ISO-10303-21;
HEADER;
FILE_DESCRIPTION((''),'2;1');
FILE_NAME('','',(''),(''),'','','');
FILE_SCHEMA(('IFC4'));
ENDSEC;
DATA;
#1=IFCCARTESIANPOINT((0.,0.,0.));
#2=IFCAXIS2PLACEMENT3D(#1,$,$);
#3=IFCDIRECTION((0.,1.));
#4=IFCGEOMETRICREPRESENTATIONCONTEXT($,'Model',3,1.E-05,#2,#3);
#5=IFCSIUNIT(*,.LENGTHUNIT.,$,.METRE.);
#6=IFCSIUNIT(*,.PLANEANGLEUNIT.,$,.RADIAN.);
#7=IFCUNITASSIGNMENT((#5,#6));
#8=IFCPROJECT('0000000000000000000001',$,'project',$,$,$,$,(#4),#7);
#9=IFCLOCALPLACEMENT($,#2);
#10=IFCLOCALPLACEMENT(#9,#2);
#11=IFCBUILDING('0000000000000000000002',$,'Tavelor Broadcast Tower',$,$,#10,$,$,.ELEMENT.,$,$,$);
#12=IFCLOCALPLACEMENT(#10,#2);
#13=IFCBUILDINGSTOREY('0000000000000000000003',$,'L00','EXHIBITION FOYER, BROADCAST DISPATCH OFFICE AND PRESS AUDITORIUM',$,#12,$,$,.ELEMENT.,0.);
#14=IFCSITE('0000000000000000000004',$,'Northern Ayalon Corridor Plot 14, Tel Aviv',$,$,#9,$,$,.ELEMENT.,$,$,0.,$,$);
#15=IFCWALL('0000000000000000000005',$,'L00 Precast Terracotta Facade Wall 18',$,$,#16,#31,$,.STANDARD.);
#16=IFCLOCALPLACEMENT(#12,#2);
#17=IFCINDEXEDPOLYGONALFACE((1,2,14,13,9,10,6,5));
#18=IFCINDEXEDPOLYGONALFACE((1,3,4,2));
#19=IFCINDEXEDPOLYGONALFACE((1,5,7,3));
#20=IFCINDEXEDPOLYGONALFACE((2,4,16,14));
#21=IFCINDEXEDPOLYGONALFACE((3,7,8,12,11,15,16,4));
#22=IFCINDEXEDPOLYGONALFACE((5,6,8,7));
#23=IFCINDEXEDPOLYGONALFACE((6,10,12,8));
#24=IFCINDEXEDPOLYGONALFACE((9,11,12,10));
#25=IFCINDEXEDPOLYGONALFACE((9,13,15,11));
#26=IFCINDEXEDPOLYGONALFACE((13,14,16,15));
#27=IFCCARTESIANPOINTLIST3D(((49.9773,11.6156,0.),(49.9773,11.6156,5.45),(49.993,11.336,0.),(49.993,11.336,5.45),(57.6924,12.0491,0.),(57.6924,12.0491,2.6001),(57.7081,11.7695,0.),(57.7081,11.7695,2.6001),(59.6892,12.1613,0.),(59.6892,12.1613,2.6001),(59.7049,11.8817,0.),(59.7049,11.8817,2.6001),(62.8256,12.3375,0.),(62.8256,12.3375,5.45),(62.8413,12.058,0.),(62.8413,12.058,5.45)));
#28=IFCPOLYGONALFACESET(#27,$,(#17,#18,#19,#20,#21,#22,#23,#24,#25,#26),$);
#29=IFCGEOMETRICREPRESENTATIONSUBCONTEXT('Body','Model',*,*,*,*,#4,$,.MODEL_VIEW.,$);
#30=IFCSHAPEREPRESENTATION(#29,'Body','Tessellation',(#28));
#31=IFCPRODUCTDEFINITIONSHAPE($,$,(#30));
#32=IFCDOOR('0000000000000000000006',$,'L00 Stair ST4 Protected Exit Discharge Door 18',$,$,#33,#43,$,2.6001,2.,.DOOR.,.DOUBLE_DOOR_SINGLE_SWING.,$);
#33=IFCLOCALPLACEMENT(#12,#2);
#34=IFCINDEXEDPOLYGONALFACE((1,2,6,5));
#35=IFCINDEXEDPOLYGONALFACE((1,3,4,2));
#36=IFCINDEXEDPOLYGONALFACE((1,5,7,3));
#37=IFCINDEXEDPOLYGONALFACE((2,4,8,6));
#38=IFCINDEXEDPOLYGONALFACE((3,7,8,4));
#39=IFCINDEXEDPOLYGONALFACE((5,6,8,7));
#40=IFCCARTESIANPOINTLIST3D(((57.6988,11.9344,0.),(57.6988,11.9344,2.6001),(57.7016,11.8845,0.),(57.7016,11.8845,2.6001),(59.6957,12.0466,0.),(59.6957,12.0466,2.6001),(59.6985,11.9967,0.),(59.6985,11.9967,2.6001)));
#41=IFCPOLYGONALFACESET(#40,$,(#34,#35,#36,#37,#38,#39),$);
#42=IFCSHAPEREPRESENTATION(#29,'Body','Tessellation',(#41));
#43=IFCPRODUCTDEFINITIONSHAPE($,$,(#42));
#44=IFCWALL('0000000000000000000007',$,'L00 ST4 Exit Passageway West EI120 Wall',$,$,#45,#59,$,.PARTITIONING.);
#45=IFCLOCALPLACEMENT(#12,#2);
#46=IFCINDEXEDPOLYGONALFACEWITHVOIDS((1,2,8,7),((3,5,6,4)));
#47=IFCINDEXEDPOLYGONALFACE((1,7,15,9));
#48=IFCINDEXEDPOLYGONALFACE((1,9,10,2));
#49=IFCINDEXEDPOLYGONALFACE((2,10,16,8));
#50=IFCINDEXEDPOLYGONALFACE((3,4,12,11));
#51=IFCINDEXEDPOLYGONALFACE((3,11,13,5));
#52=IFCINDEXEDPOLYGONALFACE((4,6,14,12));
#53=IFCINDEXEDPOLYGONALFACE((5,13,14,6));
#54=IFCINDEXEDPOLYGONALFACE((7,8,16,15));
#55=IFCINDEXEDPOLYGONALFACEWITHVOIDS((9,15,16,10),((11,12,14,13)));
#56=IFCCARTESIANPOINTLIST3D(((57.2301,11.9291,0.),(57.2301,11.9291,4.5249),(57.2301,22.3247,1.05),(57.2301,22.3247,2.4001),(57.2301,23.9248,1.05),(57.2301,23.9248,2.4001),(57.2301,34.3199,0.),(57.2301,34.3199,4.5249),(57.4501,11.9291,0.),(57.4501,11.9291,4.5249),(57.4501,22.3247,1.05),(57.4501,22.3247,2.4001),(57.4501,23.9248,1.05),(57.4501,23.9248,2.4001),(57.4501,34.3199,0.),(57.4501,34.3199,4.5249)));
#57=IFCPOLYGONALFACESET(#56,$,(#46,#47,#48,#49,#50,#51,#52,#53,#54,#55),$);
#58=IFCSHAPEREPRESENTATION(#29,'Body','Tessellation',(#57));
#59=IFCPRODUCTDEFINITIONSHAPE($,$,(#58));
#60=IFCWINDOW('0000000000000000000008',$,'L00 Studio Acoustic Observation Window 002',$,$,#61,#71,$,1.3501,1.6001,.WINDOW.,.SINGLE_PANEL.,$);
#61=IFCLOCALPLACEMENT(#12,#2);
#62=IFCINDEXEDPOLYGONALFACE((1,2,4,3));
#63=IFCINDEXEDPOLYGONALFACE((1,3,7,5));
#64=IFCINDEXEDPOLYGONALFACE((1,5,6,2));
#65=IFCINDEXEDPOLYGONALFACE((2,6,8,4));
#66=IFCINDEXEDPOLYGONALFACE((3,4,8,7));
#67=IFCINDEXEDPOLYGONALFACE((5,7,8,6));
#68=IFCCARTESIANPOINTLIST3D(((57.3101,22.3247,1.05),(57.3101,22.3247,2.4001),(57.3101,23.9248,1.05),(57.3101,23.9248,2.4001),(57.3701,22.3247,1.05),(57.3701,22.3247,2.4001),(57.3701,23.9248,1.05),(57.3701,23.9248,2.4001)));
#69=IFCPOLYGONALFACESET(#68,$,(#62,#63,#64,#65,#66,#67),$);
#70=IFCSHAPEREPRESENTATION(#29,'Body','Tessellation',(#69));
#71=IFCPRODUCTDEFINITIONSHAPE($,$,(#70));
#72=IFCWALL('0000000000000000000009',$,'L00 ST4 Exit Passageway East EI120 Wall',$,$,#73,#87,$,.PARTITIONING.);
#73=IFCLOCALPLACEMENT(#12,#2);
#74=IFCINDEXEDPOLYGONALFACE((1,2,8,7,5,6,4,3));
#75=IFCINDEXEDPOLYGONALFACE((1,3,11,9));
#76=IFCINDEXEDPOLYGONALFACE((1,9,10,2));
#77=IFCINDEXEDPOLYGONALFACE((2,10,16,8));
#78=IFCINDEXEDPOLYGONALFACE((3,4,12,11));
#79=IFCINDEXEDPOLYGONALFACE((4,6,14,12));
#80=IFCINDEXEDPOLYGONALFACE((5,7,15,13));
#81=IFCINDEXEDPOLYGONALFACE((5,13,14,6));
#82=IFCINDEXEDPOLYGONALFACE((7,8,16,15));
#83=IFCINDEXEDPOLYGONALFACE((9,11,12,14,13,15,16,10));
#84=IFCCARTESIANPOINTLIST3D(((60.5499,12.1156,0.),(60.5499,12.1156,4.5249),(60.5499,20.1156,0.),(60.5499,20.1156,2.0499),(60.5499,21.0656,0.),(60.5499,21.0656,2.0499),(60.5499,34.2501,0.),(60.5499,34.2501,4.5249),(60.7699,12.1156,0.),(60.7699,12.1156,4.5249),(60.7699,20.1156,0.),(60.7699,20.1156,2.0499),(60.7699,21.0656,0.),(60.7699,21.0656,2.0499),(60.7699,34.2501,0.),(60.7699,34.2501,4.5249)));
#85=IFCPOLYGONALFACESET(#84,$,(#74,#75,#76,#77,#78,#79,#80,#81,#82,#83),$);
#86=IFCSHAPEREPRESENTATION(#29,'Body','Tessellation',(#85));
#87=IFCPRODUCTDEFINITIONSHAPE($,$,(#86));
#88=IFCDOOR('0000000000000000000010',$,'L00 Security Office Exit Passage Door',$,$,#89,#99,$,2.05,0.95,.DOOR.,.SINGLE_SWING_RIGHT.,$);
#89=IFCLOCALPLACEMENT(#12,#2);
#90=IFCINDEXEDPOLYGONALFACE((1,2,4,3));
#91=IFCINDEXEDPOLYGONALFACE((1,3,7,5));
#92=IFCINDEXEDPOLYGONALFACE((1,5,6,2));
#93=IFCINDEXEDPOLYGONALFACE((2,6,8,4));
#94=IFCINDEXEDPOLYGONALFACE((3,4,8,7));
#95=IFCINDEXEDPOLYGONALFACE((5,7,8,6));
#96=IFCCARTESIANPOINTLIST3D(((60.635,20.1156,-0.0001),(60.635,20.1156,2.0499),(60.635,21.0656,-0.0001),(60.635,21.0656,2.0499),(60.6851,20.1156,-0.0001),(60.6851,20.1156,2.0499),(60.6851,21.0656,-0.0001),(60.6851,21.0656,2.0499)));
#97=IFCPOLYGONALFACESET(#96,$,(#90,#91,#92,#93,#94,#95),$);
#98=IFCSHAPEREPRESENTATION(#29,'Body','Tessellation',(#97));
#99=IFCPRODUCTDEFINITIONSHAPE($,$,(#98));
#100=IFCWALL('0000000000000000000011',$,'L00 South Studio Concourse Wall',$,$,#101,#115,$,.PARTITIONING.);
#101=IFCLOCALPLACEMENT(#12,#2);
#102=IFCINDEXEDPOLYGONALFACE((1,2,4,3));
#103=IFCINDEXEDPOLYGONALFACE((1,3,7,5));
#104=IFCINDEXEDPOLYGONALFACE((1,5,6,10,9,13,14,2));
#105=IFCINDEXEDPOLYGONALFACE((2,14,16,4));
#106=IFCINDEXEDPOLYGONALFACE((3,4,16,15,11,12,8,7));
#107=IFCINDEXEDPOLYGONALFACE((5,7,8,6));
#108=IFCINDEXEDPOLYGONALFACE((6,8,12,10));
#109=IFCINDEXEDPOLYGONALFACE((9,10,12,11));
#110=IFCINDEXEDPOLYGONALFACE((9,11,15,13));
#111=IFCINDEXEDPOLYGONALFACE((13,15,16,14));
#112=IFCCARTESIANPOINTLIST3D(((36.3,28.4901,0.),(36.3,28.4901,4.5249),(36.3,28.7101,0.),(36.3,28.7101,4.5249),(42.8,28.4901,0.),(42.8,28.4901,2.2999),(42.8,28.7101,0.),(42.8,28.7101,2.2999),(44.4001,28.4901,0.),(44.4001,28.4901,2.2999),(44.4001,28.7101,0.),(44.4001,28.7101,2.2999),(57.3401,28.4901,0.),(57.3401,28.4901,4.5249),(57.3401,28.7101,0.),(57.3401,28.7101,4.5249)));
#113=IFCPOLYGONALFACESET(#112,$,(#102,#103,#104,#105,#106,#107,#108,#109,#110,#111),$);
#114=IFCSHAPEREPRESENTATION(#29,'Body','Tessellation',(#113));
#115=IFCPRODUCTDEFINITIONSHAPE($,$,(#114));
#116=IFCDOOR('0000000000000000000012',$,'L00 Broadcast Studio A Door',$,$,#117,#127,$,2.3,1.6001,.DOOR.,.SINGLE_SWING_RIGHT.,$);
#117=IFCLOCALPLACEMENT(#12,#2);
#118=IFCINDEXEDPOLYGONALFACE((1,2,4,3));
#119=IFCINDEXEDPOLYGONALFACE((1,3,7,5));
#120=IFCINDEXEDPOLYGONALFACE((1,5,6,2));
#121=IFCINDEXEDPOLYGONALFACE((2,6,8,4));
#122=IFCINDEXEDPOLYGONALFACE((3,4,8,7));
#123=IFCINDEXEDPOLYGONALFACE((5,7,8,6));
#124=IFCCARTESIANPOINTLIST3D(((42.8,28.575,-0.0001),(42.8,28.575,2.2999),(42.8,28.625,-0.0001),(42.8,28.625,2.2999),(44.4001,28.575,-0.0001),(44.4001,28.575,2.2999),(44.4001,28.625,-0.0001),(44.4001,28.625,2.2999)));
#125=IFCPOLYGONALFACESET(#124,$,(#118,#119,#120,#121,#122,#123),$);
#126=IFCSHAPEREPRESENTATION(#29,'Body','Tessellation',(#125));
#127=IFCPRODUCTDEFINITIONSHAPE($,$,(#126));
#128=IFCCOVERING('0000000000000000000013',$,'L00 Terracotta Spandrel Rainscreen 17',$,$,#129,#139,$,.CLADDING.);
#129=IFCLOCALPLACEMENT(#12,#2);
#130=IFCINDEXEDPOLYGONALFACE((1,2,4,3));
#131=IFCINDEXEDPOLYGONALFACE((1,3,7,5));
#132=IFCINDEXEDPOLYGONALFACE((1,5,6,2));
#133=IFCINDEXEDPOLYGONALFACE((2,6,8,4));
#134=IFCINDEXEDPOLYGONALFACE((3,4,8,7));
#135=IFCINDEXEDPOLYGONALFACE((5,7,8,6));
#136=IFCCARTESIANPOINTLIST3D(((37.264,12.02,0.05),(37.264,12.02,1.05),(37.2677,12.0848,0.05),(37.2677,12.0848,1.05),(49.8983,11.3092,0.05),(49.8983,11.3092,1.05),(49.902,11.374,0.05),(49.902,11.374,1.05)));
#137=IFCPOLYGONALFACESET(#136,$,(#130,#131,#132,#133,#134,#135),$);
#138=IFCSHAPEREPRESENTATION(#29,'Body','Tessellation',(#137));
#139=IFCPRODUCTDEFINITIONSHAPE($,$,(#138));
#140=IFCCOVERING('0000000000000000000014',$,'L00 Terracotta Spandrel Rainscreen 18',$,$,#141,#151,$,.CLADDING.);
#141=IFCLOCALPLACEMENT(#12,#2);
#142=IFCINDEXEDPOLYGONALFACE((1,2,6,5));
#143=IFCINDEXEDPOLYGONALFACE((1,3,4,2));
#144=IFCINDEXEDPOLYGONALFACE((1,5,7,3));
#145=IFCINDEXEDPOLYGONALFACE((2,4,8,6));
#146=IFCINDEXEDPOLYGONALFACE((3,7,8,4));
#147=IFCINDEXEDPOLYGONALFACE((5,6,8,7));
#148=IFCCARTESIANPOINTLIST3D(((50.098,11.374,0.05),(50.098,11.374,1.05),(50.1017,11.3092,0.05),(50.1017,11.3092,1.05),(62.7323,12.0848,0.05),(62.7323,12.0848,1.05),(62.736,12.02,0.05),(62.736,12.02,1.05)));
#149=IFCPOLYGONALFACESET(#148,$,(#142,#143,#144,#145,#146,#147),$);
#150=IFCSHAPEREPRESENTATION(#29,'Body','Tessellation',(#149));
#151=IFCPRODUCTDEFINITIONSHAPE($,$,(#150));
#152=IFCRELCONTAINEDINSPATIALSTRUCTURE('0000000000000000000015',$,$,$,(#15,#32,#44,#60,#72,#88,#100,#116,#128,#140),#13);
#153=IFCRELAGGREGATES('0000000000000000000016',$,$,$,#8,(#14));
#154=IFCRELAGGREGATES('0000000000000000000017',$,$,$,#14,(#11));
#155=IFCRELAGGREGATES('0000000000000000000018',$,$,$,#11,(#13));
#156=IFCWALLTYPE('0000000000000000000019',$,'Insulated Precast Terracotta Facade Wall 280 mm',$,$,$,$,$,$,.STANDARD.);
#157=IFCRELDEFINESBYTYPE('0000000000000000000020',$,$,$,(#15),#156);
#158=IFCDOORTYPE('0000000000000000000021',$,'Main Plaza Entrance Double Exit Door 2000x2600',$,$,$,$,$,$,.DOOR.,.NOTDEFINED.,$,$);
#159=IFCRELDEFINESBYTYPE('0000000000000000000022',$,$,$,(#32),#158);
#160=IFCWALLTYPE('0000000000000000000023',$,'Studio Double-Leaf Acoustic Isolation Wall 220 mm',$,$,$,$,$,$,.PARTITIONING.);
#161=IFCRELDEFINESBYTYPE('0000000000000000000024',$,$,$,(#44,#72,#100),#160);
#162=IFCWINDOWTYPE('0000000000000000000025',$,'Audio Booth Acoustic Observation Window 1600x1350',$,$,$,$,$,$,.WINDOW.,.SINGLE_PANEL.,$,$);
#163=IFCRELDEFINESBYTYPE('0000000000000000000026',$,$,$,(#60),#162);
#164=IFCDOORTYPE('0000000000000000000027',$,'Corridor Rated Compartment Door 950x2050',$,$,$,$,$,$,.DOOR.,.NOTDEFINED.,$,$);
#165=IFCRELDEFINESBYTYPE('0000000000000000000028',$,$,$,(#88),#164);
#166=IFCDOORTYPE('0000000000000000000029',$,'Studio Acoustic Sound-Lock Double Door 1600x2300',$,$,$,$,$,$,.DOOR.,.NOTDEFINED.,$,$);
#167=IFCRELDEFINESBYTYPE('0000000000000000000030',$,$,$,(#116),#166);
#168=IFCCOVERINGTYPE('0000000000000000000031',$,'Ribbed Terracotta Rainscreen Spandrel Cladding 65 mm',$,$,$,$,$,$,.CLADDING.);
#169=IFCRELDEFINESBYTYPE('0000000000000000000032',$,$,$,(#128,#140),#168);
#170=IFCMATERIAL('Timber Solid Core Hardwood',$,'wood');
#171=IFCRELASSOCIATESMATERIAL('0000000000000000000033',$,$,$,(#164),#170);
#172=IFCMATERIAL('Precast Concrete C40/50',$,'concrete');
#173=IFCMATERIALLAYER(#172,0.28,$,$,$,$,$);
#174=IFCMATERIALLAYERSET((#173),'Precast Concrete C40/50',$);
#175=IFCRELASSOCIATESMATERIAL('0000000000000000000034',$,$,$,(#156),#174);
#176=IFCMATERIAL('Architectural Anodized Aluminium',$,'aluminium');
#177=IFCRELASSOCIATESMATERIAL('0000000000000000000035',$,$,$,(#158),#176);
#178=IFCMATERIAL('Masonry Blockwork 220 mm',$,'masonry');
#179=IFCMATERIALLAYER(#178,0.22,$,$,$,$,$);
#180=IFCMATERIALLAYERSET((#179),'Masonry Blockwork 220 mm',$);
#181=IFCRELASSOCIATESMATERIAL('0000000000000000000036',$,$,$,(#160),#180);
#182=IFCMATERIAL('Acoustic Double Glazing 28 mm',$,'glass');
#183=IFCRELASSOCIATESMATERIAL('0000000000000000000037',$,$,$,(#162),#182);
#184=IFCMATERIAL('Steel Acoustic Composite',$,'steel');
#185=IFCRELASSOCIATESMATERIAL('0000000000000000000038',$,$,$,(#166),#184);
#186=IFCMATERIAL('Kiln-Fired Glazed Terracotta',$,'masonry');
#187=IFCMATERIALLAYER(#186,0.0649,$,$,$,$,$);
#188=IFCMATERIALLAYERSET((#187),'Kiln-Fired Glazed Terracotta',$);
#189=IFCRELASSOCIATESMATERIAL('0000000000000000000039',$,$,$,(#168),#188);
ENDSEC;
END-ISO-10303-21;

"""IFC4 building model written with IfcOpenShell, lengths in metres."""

from ifc_helpers import new_model, si_unit, direction, frame, frame_2d, origin, origin_2d, place, context, subcontext, project, spatial, rectangle, extrude, material, layer, layer_set, type_object, element, fill, save


model = new_model("IFC4")

# Units and contexts
model_context = context("Model", 3, precision=1e-05, world=origin(), true_north=direction((0.0, 1.0)))
body_context = subcontext(model_context, "Body", "Model", "MODEL_VIEW")
ifc_project = project(units=[si_unit("LENGTHUNIT", "METRE"), si_unit("PLANEANGLEUNIT", "RADIAN")], contexts=[model_context])

# Site, building, storey
site_placement = place(None, origin())
site = spatial("IfcSite", under=ifc_project, at=site_placement, Name="Northern Ayalon Corridor Plot 14, Tel Aviv", CompositionType="ELEMENT", RefElevation=0.0)
building_placement = place(site_placement, origin())
building = spatial("IfcBuilding", under=site, at=building_placement, Name="Tavelor Broadcast Tower", CompositionType="ELEMENT")
storey_placement = place(building_placement, origin())
storey = spatial("IfcBuildingStorey", under=building, at=storey_placement, Name="L00", Description="EXHIBITION FOYER, BROADCAST DISPATCH OFFICE AND PRESS AUDITORIUM", CompositionType="ELEMENT", Elevation=0.0)

# Shared definitions
ifc_material_1 = material(Name="Timber Solid Core Hardwood", Category="wood")
door_type_1 = type_object("IfcDoorType", Name="Corridor Rated Compartment Door 950x2050", OperationType="NOTDEFINED", PredefinedType="DOOR", material=ifc_material_1)

# Shared definitions
ifc_material_2 = material(Name="Acoustic Double Glazing 28 mm", Category="glass")

# Wall, opening, door
ifc_material_3 = material(Name="Precast Concrete C40/50", Category="concrete")
ifc_layer_1 = layer(ifc_material_3, 0.28)
ifc_layer_set_1 = layer_set([ifc_layer_1], Name="Precast Concrete C40/50")
wall_type_1 = type_object("IfcWallType", Name="Insulated Precast Terracotta Facade Wall 280 mm", PredefinedType="STANDARD", material=ifc_layer_set_1)
ifc_material_4 = material(Name="Architectural Anodized Aluminium", Category="aluminium")
door_type_2 = type_object("IfcDoorType", Name="Main Plaza Entrance Double Exit Door 2000x2600", OperationType="NOTDEFINED", PredefinedType="DOOR", material=ifc_material_4)
wall_1_placement = place(storey_placement, frame((49.9851, 11.4758, 0.0), z_axis=(0.0, 0.0, 1.0), x_axis=(0.998425, 0.056099, 0.0)))
wall_1 = element("IfcWall", 1, at=wall_1_placement, inside=storey, type_object=wall_type_1, Name="L00 Precast Terracotta Facade Wall 18", PredefinedType="STANDARD", context=body_context, shape_type="SweptSolid", body=[
    extrude(rectangle(XDim=12.8687, YDim=0.28, at=frame_2d((6.4343, 0.0))), origin(), (0.0, 0.0, 1.0), 5.45),
])
opening_1_placement = place(wall_1_placement, frame((7.7273, 0.0, 0.0)))
opening_1 = element("IfcOpeningElement", 2, at=opening_1_placement, cuts=wall_1, PredefinedType="OPENING", context=body_context, shape_type="SweptSolid", body=[
    extrude(rectangle(XDim=2.0, YDim=2.6001, at=frame_2d((1.0, 1.3))), frame((0.0, 0.1499, 0.0), z_axis=(0.0, -1.0, 0.0), x_axis=(1.0, 0.0, 0.0)), (0.0, 0.0, 1.0), 0.3),
])
door_1_placement = place(opening_1_placement, frame((2.0, 0.0, 0.0), z_axis=(0.0, 0.0, 1.0), x_axis=(-1.0, 0.0, 0.0)))
door_1 = element("IfcDoor", 3, at=door_1_placement, inside=storey, type_object=door_type_2, Name="L00 Stair ST4 Protected Exit Discharge Door 18", OperationType="DOUBLE_DOOR_SINGLE_SWING", OverallHeight=2.6001, OverallWidth=2.0, PredefinedType="DOOR", context=body_context, shape_type="SweptSolid", body=[
    extrude(rectangle(XDim=2.0, YDim=2.6001, at=frame_2d((1.0, 1.3))), frame((0.0, 0.0249, 0.0), z_axis=(0.0, -1.0, 0.0), x_axis=(1.0, 0.0, 0.0)), (0.0, 0.0, 1.0), 0.05),
])
fill(opening_1, door_1)

# Wall, opening, window
ifc_material_5 = material(Name="Masonry Blockwork 220 mm", Category="masonry")
ifc_layer_2 = layer(ifc_material_5, 0.22)
ifc_layer_set_2 = layer_set([ifc_layer_2], Name="Masonry Blockwork 220 mm")
wall_type_2 = type_object("IfcWallType", Name="Studio Double-Leaf Acoustic Isolation Wall 220 mm", PredefinedType="PARTITIONING", material=ifc_layer_set_2)
wall_2_placement = place(storey_placement, frame((57.3401, 11.9292, 0.0), z_axis=(0.0, 0.0, 1.0), x_axis=(0.0, 1.0, 0.0)))
wall_2 = element("IfcWall", 4, at=wall_2_placement, inside=storey, type_object=wall_type_2, Name="L00 ST4 Exit Passageway West EI120 Wall", PredefinedType="PARTITIONING", context=body_context, shape_type="SweptSolid", body=[
    extrude(rectangle(XDim=22.3909, YDim=0.22, at=frame_2d((11.1953, 0.0))), origin(), (0.0, 0.0, 1.0), 4.5249),
])
opening_2_placement = place(wall_2_placement, frame((10.3955, 0.0, 1.05)))
opening_2 = element("IfcOpeningElement", 5, at=opening_2_placement, cuts=wall_2, PredefinedType="OPENING", context=body_context, shape_type="SweptSolid", body=[
    extrude(rectangle(XDim=1.6001, YDim=1.3501, at=frame_2d((0.8, 0.675))), frame((0.0, 0.1201, 0.0), z_axis=(0.0, -1.0, 0.0), x_axis=(1.0, 0.0, 0.0)), (0.0, 0.0, 1.0), 0.24),
])
window_type_1 = type_object("IfcWindowType", Name="Audio Booth Acoustic Observation Window 1600x1350", PartitioningType="SINGLE_PANEL", PredefinedType="WINDOW", material=ifc_material_2)
window_1_placement = place(opening_2_placement, origin())
window_1 = element("IfcWindow", 6, at=window_1_placement, inside=storey, type_object=window_type_1, Name="L00 Studio Acoustic Observation Window 002", OverallHeight=1.3501, OverallWidth=1.6001, PartitioningType="SINGLE_PANEL", PredefinedType="WINDOW", context=body_context, shape_type="SweptSolid", body=[
    extrude(rectangle(XDim=1.6001, YDim=1.3501, at=frame_2d((0.8, 0.675))), frame((0.0, 0.03, 0.0), z_axis=(0.0, -1.0, 0.0), x_axis=(1.0, 0.0, 0.0)), (0.0, 0.0, 1.0), 0.0601),
])
fill(opening_2, window_1)

# Walls, openings, doors
wall_3_placement = place(storey_placement, frame((60.6599, 12.1155, 0.0), z_axis=(0.0, 0.0, 1.0), x_axis=(0.0, 1.0, 0.0)))
wall_3 = element("IfcWall", 7, at=wall_3_placement, inside=storey, type_object=wall_type_2, Name="L00 ST4 Exit Passageway East EI120 Wall", PredefinedType="PARTITIONING", context=body_context, shape_type="SweptSolid", body=[
    extrude(rectangle(XDim=22.1345, YDim=0.22, at=frame_2d((11.0674, 0.0))), origin(), (0.0, 0.0, 1.0), 4.5249),
])
opening_3_placement = place(wall_3_placement, frame((8.0, 0.0, 0.0)))
opening_3 = element("IfcOpeningElement", 8, at=opening_3_placement, cuts=wall_3, PredefinedType="OPENING", context=body_context, shape_type="SweptSolid", body=[
    extrude(rectangle(XDim=0.95, YDim=2.05, at=frame_2d((0.4751, 1.0249))), frame((0.0, 0.1201, 0.0), z_axis=(0.0, -1.0, 0.0), x_axis=(1.0, 0.0, 0.0)), (0.0, 0.0, 1.0), 0.24),
])
door_2_placement = place(opening_3_placement, origin())
door_2 = element("IfcDoor", 9, at=door_2_placement, inside=storey, type_object=door_type_1, Name="L00 Security Office Exit Passage Door", OperationType="SINGLE_SWING_RIGHT", OverallHeight=2.05, OverallWidth=0.95, PredefinedType="DOOR", context=body_context, shape_type="SweptSolid", body=[
    extrude(rectangle(XDim=0.95, YDim=2.05, at=frame_2d((0.4751, 1.0249))), frame((0.0, 0.0249, 0.0), z_axis=(0.0, -1.0, 0.0), x_axis=(1.0, 0.0, 0.0)), (0.0, 0.0, 1.0), 0.05),
])
fill(opening_3, door_2)
wall_4_placement = place(storey_placement, frame((36.3, 28.6001, 0.0), z_axis=(0.0, 0.0, 1.0), x_axis=(1.0, 0.0, 0.0)))
wall_4 = element("IfcWall", 10, at=wall_4_placement, inside=storey, type_object=wall_type_2, Name="L00 South Studio Concourse Wall", PredefinedType="PARTITIONING", context=body_context, shape_type="SweptSolid", body=[
    extrude(rectangle(XDim=21.04, YDim=0.22, at=frame_2d((10.52, 0.0))), origin(), (0.0, 0.0, 1.0), 4.5249),
])
opening_4_placement = place(wall_4_placement, frame((6.5, 0.0, 0.0)))
opening_4 = element("IfcOpeningElement", 11, at=opening_4_placement, cuts=wall_4, PredefinedType="OPENING", context=body_context, shape_type="SweptSolid", body=[
    extrude(rectangle(XDim=1.6001, YDim=2.3, at=frame_2d((0.8, 1.1499))), frame((0.0, 0.1201, 0.0), z_axis=(0.0, -1.0, 0.0), x_axis=(1.0, 0.0, 0.0)), (0.0, 0.0, 1.0), 0.24),
])
ifc_material_6 = material(Name="Steel Acoustic Composite", Category="steel")
door_type_3 = type_object("IfcDoorType", Name="Studio Acoustic Sound-Lock Double Door 1600x2300", OperationType="NOTDEFINED", PredefinedType="DOOR", material=ifc_material_6)
door_3_placement = place(opening_4_placement, origin())
door_3 = element("IfcDoor", 12, at=door_3_placement, inside=storey, type_object=door_type_3, Name="L00 Broadcast Studio A Door", OperationType="SINGLE_SWING_RIGHT", OverallHeight=2.3, OverallWidth=1.6001, PredefinedType="DOOR", context=body_context, shape_type="SweptSolid", body=[
    extrude(rectangle(XDim=1.6001, YDim=2.3, at=frame_2d((0.8, 1.1499))), frame((0.0, 0.0249, 0.0), z_axis=(0.0, -1.0, 0.0), x_axis=(1.0, 0.0, 0.0)), (0.0, 0.0, 1.0), 0.05),
])
fill(opening_4, door_3)

# Coverings
ifc_material_7 = material(Name="Kiln-Fired Glazed Terracotta", Category="masonry")
ifc_layer_3 = layer(ifc_material_7, 0.0649)
ifc_layer_set_3 = layer_set([ifc_layer_3], Name="Kiln-Fired Glazed Terracotta")
covering_type = type_object("IfcCoveringType", Name="Ribbed Terracotta Rainscreen Spandrel Cladding 65 mm", PredefinedType="CLADDING", material=ifc_layer_set_3)
for number, where, z_axis, x_axis, name in (
    (13, (43.583, 11.697, 0.05), (0.0, 0.0, 1.0), (0.998421, -0.05617, 0.0), "L00 Terracotta Spandrel Rainscreen 17"),
    (14, (56.417, 11.697, 0.05), (0.0, 0.0, 1.0), (0.998421, 0.05617, 0.0), "L00 Terracotta Spandrel Rainscreen 18"),
):
    element("IfcCovering", number, at=place(storey_placement, frame(where, z_axis=z_axis, x_axis=x_axis)), inside=storey, type_object=covering_type, Name=name, PredefinedType="CLADDING", context=body_context, shape_type="SweptSolid", body=[
        extrude(rectangle(XDim=12.6543, YDim=0.0649, at=origin_2d()), origin(), (0.0, 0.0, 1.0), 1.0),
    ])

save(model, "model.ifc")
